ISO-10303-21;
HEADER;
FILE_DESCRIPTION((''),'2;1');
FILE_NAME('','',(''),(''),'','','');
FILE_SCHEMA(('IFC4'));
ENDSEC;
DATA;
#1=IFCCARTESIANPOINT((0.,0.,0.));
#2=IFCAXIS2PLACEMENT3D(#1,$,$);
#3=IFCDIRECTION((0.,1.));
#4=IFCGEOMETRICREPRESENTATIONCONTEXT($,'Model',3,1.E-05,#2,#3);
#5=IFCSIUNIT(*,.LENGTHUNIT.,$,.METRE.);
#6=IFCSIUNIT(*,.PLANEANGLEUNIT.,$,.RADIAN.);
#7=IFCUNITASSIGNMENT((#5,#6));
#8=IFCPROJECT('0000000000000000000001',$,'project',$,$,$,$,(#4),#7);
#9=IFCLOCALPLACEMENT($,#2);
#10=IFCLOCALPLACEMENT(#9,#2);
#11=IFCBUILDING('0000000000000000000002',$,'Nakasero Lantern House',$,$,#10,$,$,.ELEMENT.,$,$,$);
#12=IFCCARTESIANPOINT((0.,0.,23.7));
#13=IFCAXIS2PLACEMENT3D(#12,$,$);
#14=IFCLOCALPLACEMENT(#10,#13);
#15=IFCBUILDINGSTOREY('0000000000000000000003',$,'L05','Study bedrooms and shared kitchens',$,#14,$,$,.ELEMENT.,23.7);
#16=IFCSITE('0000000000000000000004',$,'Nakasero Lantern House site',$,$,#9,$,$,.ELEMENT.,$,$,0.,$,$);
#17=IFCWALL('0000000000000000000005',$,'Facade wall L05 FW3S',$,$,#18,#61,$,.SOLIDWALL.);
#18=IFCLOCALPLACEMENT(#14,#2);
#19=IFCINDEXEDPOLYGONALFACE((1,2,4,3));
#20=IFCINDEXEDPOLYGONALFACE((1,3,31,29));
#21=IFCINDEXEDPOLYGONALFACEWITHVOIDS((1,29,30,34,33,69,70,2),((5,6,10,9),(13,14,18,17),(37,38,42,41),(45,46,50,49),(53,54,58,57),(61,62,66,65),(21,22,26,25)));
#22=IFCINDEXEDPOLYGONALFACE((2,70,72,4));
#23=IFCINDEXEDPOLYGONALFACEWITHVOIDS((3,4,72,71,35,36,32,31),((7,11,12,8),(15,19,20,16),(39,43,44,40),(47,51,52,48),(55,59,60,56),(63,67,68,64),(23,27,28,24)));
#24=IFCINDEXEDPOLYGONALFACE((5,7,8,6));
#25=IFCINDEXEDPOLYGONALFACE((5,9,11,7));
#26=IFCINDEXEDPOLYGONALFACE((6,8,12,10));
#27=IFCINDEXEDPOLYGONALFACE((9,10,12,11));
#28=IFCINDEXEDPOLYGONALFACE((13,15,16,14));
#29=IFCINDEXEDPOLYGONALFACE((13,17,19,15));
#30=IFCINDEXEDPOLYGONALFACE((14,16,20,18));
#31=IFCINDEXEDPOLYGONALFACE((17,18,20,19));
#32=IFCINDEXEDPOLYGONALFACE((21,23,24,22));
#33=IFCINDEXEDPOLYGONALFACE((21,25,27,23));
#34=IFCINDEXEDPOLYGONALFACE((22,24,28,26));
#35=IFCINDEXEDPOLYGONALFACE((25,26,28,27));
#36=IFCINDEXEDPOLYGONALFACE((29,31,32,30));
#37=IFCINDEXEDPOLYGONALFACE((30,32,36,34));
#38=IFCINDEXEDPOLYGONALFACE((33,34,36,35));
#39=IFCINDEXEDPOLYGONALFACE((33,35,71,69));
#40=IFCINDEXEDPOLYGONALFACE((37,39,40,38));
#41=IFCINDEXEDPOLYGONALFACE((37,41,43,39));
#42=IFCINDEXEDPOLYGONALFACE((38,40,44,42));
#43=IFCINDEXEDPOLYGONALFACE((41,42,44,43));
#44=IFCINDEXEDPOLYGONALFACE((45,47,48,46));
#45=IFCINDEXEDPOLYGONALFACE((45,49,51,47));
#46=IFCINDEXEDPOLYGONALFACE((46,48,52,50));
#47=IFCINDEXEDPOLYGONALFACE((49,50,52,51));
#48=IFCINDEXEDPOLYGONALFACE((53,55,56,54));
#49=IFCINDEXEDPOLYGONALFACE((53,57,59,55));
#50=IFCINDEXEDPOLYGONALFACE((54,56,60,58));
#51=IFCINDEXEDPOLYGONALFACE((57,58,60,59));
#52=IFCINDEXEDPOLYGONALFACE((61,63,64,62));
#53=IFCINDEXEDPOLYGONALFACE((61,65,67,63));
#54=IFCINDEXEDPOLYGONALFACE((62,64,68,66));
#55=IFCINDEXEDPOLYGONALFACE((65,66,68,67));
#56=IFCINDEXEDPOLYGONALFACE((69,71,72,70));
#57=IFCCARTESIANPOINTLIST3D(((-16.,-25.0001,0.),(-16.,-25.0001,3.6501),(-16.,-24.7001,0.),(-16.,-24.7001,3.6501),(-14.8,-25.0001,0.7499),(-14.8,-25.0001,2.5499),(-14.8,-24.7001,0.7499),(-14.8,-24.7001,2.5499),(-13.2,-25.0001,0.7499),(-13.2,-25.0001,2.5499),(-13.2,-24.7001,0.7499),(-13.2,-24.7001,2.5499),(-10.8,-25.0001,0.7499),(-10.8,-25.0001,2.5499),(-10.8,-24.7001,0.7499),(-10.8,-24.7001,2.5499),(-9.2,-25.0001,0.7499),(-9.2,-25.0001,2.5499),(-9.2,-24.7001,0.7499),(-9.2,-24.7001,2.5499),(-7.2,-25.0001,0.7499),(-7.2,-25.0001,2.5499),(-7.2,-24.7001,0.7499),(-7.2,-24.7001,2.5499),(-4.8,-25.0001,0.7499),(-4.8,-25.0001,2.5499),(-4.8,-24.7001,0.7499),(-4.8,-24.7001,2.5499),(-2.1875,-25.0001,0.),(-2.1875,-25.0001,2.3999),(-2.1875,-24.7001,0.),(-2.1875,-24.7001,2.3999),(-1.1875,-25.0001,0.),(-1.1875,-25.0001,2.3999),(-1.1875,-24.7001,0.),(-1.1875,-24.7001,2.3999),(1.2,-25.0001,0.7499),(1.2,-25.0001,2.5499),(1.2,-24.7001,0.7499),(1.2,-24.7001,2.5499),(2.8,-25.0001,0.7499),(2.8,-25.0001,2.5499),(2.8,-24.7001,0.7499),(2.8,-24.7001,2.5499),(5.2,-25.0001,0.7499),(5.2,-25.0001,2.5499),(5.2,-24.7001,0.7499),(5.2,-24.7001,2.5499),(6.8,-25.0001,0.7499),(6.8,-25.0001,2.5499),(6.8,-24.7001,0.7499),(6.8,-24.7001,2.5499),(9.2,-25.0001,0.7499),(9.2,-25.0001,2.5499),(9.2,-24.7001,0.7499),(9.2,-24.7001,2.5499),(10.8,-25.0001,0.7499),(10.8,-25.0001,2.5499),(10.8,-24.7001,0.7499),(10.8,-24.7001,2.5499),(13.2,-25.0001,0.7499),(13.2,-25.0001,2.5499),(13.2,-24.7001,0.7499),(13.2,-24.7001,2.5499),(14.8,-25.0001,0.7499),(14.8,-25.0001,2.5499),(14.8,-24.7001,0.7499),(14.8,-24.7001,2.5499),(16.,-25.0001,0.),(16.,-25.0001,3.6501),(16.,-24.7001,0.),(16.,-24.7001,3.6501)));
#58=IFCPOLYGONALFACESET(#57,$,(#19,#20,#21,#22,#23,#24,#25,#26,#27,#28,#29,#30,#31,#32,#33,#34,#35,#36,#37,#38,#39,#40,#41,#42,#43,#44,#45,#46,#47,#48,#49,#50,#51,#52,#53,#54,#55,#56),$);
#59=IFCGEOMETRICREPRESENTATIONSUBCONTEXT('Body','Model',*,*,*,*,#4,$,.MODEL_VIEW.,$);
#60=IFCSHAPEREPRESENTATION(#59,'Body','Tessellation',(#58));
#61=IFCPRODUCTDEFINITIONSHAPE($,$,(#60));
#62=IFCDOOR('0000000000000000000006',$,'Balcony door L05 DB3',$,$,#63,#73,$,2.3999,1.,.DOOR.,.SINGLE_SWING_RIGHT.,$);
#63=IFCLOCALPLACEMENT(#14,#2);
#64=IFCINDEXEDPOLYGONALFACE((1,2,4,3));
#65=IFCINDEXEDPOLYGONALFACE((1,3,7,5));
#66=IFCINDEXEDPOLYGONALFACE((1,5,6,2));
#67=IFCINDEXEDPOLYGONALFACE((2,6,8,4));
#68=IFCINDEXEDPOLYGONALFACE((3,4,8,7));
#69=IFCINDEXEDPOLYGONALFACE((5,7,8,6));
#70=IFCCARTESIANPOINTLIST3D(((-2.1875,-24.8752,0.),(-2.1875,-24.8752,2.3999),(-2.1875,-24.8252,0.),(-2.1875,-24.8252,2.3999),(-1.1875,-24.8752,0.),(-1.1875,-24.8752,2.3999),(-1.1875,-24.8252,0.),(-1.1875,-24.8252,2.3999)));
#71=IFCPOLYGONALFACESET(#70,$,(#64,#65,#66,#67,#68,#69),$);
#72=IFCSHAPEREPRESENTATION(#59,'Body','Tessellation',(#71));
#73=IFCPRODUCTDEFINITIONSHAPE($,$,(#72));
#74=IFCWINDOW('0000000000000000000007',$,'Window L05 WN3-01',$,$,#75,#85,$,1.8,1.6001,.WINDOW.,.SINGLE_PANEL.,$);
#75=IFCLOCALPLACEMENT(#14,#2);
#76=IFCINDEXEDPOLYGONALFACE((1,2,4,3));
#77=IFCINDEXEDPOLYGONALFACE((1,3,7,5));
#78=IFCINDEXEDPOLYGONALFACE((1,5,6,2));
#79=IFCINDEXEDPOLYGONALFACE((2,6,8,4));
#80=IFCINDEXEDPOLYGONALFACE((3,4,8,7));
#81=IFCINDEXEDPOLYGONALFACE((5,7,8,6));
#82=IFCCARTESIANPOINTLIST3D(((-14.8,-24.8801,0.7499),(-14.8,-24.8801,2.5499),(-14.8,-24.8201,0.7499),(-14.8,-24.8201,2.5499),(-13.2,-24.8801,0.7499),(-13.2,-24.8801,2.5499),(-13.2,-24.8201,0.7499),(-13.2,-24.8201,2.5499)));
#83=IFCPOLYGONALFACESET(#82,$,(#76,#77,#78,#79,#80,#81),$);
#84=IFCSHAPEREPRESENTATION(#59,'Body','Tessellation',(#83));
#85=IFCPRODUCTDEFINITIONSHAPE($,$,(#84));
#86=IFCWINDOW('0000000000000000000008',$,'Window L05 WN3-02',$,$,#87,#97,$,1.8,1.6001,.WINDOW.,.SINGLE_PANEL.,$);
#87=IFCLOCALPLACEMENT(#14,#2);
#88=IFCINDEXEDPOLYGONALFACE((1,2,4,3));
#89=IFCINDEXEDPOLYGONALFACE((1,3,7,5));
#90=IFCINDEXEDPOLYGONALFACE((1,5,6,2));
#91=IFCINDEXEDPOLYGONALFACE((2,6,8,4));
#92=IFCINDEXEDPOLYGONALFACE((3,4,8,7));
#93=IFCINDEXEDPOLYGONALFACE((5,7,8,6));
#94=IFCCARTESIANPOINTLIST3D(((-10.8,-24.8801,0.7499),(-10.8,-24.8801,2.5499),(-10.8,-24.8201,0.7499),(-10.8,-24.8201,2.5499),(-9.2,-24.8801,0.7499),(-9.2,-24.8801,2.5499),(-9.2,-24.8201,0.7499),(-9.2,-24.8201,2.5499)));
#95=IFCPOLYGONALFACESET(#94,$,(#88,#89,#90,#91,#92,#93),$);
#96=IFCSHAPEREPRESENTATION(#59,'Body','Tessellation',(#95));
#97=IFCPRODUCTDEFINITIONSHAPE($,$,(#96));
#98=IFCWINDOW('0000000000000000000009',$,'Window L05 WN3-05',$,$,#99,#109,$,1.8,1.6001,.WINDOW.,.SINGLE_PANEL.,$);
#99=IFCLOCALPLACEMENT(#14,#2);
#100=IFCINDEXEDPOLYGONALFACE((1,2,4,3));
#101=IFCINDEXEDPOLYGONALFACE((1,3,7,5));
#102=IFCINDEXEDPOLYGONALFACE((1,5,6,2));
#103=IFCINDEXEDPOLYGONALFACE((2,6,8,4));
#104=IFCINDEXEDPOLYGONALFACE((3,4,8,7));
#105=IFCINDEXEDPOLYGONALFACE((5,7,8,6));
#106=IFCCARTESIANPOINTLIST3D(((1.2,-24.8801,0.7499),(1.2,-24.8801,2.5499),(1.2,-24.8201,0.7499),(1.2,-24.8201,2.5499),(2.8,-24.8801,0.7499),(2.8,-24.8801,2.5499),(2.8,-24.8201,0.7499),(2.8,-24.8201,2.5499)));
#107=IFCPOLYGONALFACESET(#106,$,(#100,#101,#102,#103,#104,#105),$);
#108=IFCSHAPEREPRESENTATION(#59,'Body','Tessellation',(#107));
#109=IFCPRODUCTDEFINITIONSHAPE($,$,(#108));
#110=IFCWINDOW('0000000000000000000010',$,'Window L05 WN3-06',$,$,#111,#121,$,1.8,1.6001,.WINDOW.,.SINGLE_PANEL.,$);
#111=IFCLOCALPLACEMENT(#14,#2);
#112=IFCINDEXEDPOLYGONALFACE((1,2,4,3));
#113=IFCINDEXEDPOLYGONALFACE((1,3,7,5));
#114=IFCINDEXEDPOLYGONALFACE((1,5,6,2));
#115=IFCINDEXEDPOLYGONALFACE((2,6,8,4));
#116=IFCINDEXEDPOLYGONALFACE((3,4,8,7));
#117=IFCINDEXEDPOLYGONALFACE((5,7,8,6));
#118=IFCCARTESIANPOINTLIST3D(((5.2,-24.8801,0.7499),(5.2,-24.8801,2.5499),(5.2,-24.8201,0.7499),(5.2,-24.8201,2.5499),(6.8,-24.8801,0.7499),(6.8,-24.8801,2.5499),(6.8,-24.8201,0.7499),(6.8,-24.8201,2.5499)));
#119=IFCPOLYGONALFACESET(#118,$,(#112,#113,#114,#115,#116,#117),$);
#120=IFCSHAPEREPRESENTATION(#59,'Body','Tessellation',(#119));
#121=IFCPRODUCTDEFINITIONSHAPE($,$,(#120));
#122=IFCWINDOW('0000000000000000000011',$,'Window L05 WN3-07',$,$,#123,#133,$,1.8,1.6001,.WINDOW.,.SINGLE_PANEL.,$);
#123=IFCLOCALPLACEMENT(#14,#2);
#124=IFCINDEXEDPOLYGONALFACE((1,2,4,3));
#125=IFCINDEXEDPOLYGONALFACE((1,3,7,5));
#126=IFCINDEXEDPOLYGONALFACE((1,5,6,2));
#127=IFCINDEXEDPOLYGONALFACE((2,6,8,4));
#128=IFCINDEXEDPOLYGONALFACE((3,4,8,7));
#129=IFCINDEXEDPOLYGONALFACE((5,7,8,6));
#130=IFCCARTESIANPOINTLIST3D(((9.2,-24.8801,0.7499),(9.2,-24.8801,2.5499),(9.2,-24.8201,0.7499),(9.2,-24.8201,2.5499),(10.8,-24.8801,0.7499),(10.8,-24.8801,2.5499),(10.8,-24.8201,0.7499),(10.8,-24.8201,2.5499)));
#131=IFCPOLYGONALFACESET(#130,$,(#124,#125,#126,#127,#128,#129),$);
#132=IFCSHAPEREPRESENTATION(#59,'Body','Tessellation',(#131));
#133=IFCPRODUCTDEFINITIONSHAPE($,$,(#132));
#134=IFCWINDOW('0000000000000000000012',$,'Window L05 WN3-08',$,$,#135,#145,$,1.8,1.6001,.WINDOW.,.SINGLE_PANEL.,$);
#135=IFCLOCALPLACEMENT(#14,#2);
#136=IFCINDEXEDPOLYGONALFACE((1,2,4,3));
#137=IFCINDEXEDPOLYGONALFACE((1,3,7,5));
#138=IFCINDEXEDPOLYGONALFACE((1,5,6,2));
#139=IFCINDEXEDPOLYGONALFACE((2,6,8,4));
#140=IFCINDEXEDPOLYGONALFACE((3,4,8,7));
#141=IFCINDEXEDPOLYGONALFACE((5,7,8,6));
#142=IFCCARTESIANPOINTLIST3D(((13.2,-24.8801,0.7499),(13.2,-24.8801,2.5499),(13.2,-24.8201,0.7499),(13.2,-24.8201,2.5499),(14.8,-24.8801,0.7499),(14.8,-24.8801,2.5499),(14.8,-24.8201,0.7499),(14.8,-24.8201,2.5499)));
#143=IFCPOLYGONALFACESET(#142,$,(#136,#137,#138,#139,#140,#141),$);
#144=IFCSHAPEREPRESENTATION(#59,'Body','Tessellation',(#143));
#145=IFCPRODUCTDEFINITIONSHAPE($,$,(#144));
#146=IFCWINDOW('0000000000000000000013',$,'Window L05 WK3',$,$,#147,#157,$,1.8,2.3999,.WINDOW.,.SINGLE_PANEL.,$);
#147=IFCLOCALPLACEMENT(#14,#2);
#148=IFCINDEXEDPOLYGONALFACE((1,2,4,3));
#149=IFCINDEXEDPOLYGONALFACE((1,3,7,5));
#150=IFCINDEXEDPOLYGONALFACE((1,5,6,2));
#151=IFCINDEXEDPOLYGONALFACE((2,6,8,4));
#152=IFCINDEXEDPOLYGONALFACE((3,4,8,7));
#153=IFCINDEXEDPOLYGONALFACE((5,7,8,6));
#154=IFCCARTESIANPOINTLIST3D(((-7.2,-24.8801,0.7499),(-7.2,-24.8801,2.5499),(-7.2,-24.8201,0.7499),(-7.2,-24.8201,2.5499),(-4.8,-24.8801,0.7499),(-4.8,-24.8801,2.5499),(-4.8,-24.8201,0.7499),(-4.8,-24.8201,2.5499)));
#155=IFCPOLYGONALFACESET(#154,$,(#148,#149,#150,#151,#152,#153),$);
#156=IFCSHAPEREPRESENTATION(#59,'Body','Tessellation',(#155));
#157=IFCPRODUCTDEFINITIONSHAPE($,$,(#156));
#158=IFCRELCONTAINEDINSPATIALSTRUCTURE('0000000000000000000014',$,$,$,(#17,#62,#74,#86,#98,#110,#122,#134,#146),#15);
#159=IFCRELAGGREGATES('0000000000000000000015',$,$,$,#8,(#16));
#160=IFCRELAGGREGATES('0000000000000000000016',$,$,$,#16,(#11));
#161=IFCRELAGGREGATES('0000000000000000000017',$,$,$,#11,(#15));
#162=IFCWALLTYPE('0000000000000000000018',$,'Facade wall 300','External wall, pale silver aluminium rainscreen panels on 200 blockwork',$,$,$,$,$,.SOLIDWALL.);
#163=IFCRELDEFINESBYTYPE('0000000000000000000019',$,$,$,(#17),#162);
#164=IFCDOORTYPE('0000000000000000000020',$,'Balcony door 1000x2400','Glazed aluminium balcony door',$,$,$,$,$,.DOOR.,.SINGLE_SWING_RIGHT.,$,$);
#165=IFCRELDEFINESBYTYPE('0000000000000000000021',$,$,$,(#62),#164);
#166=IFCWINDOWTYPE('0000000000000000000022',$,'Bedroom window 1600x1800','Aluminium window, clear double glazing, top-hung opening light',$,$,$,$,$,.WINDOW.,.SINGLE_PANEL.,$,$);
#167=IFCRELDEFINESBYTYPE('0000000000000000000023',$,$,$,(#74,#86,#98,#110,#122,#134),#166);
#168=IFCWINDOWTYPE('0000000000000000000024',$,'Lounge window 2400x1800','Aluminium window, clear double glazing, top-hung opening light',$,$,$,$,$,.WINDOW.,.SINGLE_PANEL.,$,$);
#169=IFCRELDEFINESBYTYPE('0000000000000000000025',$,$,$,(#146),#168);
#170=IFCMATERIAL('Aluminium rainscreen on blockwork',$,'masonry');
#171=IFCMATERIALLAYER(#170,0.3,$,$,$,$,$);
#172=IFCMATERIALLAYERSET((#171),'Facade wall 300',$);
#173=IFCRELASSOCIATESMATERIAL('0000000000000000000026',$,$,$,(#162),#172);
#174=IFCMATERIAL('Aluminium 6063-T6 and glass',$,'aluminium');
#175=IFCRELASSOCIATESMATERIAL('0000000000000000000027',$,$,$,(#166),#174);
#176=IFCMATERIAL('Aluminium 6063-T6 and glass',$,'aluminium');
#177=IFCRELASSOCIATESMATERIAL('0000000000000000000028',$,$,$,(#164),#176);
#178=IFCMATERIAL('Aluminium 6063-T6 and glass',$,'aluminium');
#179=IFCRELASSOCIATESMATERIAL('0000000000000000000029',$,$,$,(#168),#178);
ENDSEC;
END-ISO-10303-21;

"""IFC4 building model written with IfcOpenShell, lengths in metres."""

from ifc_helpers import new_model, si_unit, direction, frame, frame_2d, origin, place, context, subcontext, project, spatial, rectangle, extrude, material, layer, layer_set, type_object, element, fill, save


model = new_model("IFC4")

# Units and contexts
model_context = context("Model", 3, precision=1e-05, world=origin(), true_north=direction((0.0, 1.0)))
body_context = subcontext(model_context, "Body", "Model", "MODEL_VIEW")
ifc_project = project(units=[si_unit("LENGTHUNIT", "METRE"), si_unit("PLANEANGLEUNIT", "RADIAN")], contexts=[model_context])

# Site, building, storey
site_placement = place(None, origin())
site = spatial("IfcSite", under=ifc_project, at=site_placement, Name="Nakasero Lantern House site", CompositionType="ELEMENT", RefElevation=0.0)
building_placement = place(site_placement, origin())
building = spatial("IfcBuilding", under=site, at=building_placement, Name="Nakasero Lantern House", CompositionType="ELEMENT")
storey_placement = place(building_placement, frame((0.0, 0.0, 23.7)))
storey = spatial("IfcBuildingStorey", under=building, at=storey_placement, Name="L05", Description="Study bedrooms and shared kitchens", CompositionType="ELEMENT", Elevation=23.7)

# Shared definitions
ifc_material_1 = material(Name="Aluminium rainscreen on blockwork", Category="masonry")
ifc_layer_1 = layer(ifc_material_1, 0.3)
ifc_layer_set_1 = layer_set([ifc_layer_1], Name="Facade wall 300")
wall_type_1 = type_object("IfcWallType", Name="Facade wall 300", Description="External wall, pale silver aluminium rainscreen panels on 200 blockwork", PredefinedType="SOLIDWALL", material=ifc_layer_set_1)
ifc_material_2 = material(Name="Aluminium 6063-T6 and glass", Category="aluminium")
window_type_1 = type_object("IfcWindowType", Name="Bedroom window 1600x1800", Description="Aluminium window, clear double glazing, top-hung opening light", PartitioningType="SINGLE_PANEL", PredefinedType="WINDOW", material=ifc_material_2)

# Wall, openings, door, windows
wall_1_placement = place(storey_placement, frame((-16.0, -24.8501, 0.0), z_axis=(0.0, 0.0, 1.0), x_axis=(1.0, 0.0, 0.0)))
wall_1 = element("IfcWall", 1, at=wall_1_placement, inside=storey, type_object=wall_type_1, Name="Facade wall L05 FW3S", PredefinedType="SOLIDWALL", context=body_context, shape_type="SweptSolid", body=[
    extrude(rectangle(XDim=32.0, YDim=0.3, at=frame_2d((16.0, 0.0))), origin(), (0.0, 0.0, 1.0), 3.6501),
])
opening_1_placement = place(wall_1_placement, frame((1.2, 0.0, 0.75)))
opening_1 = element("IfcOpeningElement", 2, at=opening_1_placement, cuts=wall_1, PredefinedType="OPENING", context=body_context, shape_type="SweptSolid", body=[
    extrude(rectangle(XDim=1.6001, YDim=1.8, at=frame_2d((0.8, 0.8999))), frame((0.0, 0.1699, 0.0), z_axis=(0.0, -1.0, 0.0), x_axis=(1.0, 0.0, 0.0)), (0.0, 0.0, 1.0), 0.3401),
])
opening_2_placement = place(wall_1_placement, frame((5.2, 0.0, 0.75)))
opening_2 = element("IfcOpeningElement", 3, at=opening_2_placement, cuts=wall_1, PredefinedType="OPENING", context=body_context, shape_type="SweptSolid", body=[
    extrude(rectangle(XDim=1.6001, YDim=1.8, at=frame_2d((0.8, 0.8999))), frame((0.0, 0.1699, 0.0), z_axis=(0.0, -1.0, 0.0), x_axis=(1.0, 0.0, 0.0)), (0.0, 0.0, 1.0), 0.3401),
])
opening_3_placement = place(wall_1_placement, frame((17.2, 0.0, 0.75)))
opening_3 = element("IfcOpeningElement", 4, at=opening_3_placement, cuts=wall_1, PredefinedType="OPENING", context=body_context, shape_type="SweptSolid", body=[
    extrude(rectangle(XDim=1.6001, YDim=1.8, at=frame_2d((0.8, 0.8999))), frame((0.0, 0.1699, 0.0), z_axis=(0.0, -1.0, 0.0), x_axis=(1.0, 0.0, 0.0)), (0.0, 0.0, 1.0), 0.3401),
])
opening_4_placement = place(wall_1_placement, frame((21.2, 0.0, 0.75)))
opening_4 = element("IfcOpeningElement", 5, at=opening_4_placement, cuts=wall_1, PredefinedType="OPENING", context=body_context, shape_type="SweptSolid", body=[
    extrude(rectangle(XDim=1.6001, YDim=1.8, at=frame_2d((0.8, 0.8999))), frame((0.0, 0.1699, 0.0), z_axis=(0.0, -1.0, 0.0), x_axis=(1.0, 0.0, 0.0)), (0.0, 0.0, 1.0), 0.3401),
])
opening_5_placement = place(wall_1_placement, frame((25.2, 0.0, 0.75)))
opening_5 = element("IfcOpeningElement", 6, at=opening_5_placement, cuts=wall_1, PredefinedType="OPENING", context=body_context, shape_type="SweptSolid", body=[
    extrude(rectangle(XDim=1.6001, YDim=1.8, at=frame_2d((0.8, 0.8999))), frame((0.0, 0.1699, 0.0), z_axis=(0.0, -1.0, 0.0), x_axis=(1.0, 0.0, 0.0)), (0.0, 0.0, 1.0), 0.3401),
])
opening_6_placement = place(wall_1_placement, frame((29.2, 0.0, 0.75)))
opening_6 = element("IfcOpeningElement", 7, at=opening_6_placement, cuts=wall_1, PredefinedType="OPENING", context=body_context, shape_type="SweptSolid", body=[
    extrude(rectangle(XDim=1.6001, YDim=1.8, at=frame_2d((0.8, 0.8999))), frame((0.0, 0.1699, 0.0), z_axis=(0.0, -1.0, 0.0), x_axis=(1.0, 0.0, 0.0)), (0.0, 0.0, 1.0), 0.3401),
])
opening_7_placement = place(wall_1_placement, frame((8.8, 0.0, 0.75)))
opening_7 = element("IfcOpeningElement", 8, at=opening_7_placement, cuts=wall_1, PredefinedType="OPENING", context=body_context, shape_type="SweptSolid", body=[
    extrude(rectangle(XDim=2.3999, YDim=1.8, at=frame_2d((1.2, 0.8999))), frame((0.0, 0.1699, 0.0), z_axis=(0.0, -1.0, 0.0), x_axis=(1.0, 0.0, 0.0)), (0.0, 0.0, 1.0), 0.3401),
])
opening_8_placement = place(wall_1_placement, frame((13.8125, 0.0, 0.0)))
opening_8 = element("IfcOpeningElement", 9, at=opening_8_placement, cuts=wall_1, PredefinedType="OPENING", context=body_context, shape_type="SweptSolid", body=[
    extrude(rectangle(XDim=1.0, YDim=2.3999, at=frame_2d((0.5, 1.2))), frame((0.0, 0.1699, 0.0), z_axis=(0.0, -1.0, 0.0), x_axis=(1.0, 0.0, 0.0)), (0.0, 0.0, 1.0), 0.3401),
])
ifc_material_3 = material(Name="Aluminium 6063-T6 and glass", Category="aluminium")
door_type_1 = type_object("IfcDoorType", Name="Balcony door 1000x2400", Description="Glazed aluminium balcony door", OperationType="SINGLE_SWING_RIGHT", PredefinedType="DOOR", material=ifc_material_3)
door_1_placement = place(opening_8_placement, origin())
door_1 = element("IfcDoor", 10, at=door_1_placement, inside=storey, type_object=door_type_1, Name="Balcony door L05 DB3", OperationType="SINGLE_SWING_RIGHT", OverallHeight=2.3999, OverallWidth=1.0, PredefinedType="DOOR", context=body_context, shape_type="SweptSolid", body=[
    extrude(rectangle(XDim=1.0, YDim=2.3999, at=frame_2d((0.5, 1.2))), frame((0.0, 0.0249, 0.0), z_axis=(0.0, -1.0, 0.0), x_axis=(1.0, 0.0, 0.0)), (0.0, 0.0, 1.0), 0.05),
])
fill(opening_8, door_1)
window_1_placement = place(opening_1_placement, origin())
window_1 = element("IfcWindow", 11, at=window_1_placement, inside=storey, type_object=window_type_1, Name="Window L05 WN3-01", OverallHeight=1.8, OverallWidth=1.6001, PartitioningType="SINGLE_PANEL", PredefinedType="WINDOW", context=body_context, shape_type="SweptSolid", body=[
    extrude(rectangle(XDim=1.6001, YDim=1.8, at=frame_2d((0.8, 0.8999))), frame((0.0, 0.03, 0.0), z_axis=(0.0, -1.0, 0.0), x_axis=(1.0, 0.0, 0.0)), (0.0, 0.0, 1.0), 0.0601),
])
fill(opening_1, window_1)
window_2_placement = place(opening_2_placement, origin())
window_2 = element("IfcWindow", 12, at=window_2_placement, inside=storey, type_object=window_type_1, Name="Window L05 WN3-02", OverallHeight=1.8, OverallWidth=1.6001, PartitioningType="SINGLE_PANEL", PredefinedType="WINDOW", context=body_context, shape_type="SweptSolid", body=[
    extrude(rectangle(XDim=1.6001, YDim=1.8, at=frame_2d((0.8, 0.8999))), frame((0.0, 0.03, 0.0), z_axis=(0.0, -1.0, 0.0), x_axis=(1.0, 0.0, 0.0)), (0.0, 0.0, 1.0), 0.0601),
])
fill(opening_2, window_2)
window_3_placement = place(opening_3_placement, origin())
window_3 = element("IfcWindow", 13, at=window_3_placement, inside=storey, type_object=window_type_1, Name="Window L05 WN3-05", OverallHeight=1.8, OverallWidth=1.6001, PartitioningType="SINGLE_PANEL", PredefinedType="WINDOW", context=body_context, shape_type="SweptSolid", body=[
    extrude(rectangle(XDim=1.6001, YDim=1.8, at=frame_2d((0.8, 0.8999))), frame((0.0, 0.03, 0.0), z_axis=(0.0, -1.0, 0.0), x_axis=(1.0, 0.0, 0.0)), (0.0, 0.0, 1.0), 0.0601),
])
fill(opening_3, window_3)
window_4_placement = place(opening_4_placement, origin())
window_4 = element("IfcWindow", 14, at=window_4_placement, inside=storey, type_object=window_type_1, Name="Window L05 WN3-06", OverallHeight=1.8, OverallWidth=1.6001, PartitioningType="SINGLE_PANEL", PredefinedType="WINDOW", context=body_context, shape_type="SweptSolid", body=[
    extrude(rectangle(XDim=1.6001, YDim=1.8, at=frame_2d((0.8, 0.8999))), frame((0.0, 0.03, 0.0), z_axis=(0.0, -1.0, 0.0), x_axis=(1.0, 0.0, 0.0)), (0.0, 0.0, 1.0), 0.0601),
])
fill(opening_4, window_4)
window_5_placement = place(opening_5_placement, origin())
window_5 = element("IfcWindow", 15, at=window_5_placement, inside=storey, type_object=window_type_1, Name="Window L05 WN3-07", OverallHeight=1.8, OverallWidth=1.6001, PartitioningType="SINGLE_PANEL", PredefinedType="WINDOW", context=body_context, shape_type="SweptSolid", body=[
    extrude(rectangle(XDim=1.6001, YDim=1.8, at=frame_2d((0.8, 0.8999))), frame((0.0, 0.03, 0.0), z_axis=(0.0, -1.0, 0.0), x_axis=(1.0, 0.0, 0.0)), (0.0, 0.0, 1.0), 0.0601),
])
fill(opening_5, window_5)
window_6_placement = place(opening_6_placement, origin())
window_6 = element("IfcWindow", 16, at=window_6_placement, inside=storey, type_object=window_type_1, Name="Window L05 WN3-08", OverallHeight=1.8, OverallWidth=1.6001, PartitioningType="SINGLE_PANEL", PredefinedType="WINDOW", context=body_context, shape_type="SweptSolid", body=[
    extrude(rectangle(XDim=1.6001, YDim=1.8, at=frame_2d((0.8, 0.8999))), frame((0.0, 0.03, 0.0), z_axis=(0.0, -1.0, 0.0), x_axis=(1.0, 0.0, 0.0)), (0.0, 0.0, 1.0), 0.0601),
])
fill(opening_6, window_6)
ifc_material_4 = material(Name="Aluminium 6063-T6 and glass", Category="aluminium")
window_type_2 = type_object("IfcWindowType", Name="Lounge window 2400x1800", Description="Aluminium window, clear double glazing, top-hung opening light", PartitioningType="SINGLE_PANEL", PredefinedType="WINDOW", material=ifc_material_4)
window_7_placement = place(opening_7_placement, origin())
window_7 = element("IfcWindow", 17, at=window_7_placement, inside=storey, type_object=window_type_2, Name="Window L05 WK3", OverallHeight=1.8, OverallWidth=2.3999, PartitioningType="SINGLE_PANEL", PredefinedType="WINDOW", context=body_context, shape_type="SweptSolid", body=[
    extrude(rectangle(XDim=2.3999, YDim=1.8, at=frame_2d((1.2, 0.8999))), frame((0.0, 0.03, 0.0), z_axis=(0.0, -1.0, 0.0), x_axis=(1.0, 0.0, 0.0)), (0.0, 0.0, 1.0), 0.0601),
])
fill(opening_7, window_7)

save(model, "model.ifc")
